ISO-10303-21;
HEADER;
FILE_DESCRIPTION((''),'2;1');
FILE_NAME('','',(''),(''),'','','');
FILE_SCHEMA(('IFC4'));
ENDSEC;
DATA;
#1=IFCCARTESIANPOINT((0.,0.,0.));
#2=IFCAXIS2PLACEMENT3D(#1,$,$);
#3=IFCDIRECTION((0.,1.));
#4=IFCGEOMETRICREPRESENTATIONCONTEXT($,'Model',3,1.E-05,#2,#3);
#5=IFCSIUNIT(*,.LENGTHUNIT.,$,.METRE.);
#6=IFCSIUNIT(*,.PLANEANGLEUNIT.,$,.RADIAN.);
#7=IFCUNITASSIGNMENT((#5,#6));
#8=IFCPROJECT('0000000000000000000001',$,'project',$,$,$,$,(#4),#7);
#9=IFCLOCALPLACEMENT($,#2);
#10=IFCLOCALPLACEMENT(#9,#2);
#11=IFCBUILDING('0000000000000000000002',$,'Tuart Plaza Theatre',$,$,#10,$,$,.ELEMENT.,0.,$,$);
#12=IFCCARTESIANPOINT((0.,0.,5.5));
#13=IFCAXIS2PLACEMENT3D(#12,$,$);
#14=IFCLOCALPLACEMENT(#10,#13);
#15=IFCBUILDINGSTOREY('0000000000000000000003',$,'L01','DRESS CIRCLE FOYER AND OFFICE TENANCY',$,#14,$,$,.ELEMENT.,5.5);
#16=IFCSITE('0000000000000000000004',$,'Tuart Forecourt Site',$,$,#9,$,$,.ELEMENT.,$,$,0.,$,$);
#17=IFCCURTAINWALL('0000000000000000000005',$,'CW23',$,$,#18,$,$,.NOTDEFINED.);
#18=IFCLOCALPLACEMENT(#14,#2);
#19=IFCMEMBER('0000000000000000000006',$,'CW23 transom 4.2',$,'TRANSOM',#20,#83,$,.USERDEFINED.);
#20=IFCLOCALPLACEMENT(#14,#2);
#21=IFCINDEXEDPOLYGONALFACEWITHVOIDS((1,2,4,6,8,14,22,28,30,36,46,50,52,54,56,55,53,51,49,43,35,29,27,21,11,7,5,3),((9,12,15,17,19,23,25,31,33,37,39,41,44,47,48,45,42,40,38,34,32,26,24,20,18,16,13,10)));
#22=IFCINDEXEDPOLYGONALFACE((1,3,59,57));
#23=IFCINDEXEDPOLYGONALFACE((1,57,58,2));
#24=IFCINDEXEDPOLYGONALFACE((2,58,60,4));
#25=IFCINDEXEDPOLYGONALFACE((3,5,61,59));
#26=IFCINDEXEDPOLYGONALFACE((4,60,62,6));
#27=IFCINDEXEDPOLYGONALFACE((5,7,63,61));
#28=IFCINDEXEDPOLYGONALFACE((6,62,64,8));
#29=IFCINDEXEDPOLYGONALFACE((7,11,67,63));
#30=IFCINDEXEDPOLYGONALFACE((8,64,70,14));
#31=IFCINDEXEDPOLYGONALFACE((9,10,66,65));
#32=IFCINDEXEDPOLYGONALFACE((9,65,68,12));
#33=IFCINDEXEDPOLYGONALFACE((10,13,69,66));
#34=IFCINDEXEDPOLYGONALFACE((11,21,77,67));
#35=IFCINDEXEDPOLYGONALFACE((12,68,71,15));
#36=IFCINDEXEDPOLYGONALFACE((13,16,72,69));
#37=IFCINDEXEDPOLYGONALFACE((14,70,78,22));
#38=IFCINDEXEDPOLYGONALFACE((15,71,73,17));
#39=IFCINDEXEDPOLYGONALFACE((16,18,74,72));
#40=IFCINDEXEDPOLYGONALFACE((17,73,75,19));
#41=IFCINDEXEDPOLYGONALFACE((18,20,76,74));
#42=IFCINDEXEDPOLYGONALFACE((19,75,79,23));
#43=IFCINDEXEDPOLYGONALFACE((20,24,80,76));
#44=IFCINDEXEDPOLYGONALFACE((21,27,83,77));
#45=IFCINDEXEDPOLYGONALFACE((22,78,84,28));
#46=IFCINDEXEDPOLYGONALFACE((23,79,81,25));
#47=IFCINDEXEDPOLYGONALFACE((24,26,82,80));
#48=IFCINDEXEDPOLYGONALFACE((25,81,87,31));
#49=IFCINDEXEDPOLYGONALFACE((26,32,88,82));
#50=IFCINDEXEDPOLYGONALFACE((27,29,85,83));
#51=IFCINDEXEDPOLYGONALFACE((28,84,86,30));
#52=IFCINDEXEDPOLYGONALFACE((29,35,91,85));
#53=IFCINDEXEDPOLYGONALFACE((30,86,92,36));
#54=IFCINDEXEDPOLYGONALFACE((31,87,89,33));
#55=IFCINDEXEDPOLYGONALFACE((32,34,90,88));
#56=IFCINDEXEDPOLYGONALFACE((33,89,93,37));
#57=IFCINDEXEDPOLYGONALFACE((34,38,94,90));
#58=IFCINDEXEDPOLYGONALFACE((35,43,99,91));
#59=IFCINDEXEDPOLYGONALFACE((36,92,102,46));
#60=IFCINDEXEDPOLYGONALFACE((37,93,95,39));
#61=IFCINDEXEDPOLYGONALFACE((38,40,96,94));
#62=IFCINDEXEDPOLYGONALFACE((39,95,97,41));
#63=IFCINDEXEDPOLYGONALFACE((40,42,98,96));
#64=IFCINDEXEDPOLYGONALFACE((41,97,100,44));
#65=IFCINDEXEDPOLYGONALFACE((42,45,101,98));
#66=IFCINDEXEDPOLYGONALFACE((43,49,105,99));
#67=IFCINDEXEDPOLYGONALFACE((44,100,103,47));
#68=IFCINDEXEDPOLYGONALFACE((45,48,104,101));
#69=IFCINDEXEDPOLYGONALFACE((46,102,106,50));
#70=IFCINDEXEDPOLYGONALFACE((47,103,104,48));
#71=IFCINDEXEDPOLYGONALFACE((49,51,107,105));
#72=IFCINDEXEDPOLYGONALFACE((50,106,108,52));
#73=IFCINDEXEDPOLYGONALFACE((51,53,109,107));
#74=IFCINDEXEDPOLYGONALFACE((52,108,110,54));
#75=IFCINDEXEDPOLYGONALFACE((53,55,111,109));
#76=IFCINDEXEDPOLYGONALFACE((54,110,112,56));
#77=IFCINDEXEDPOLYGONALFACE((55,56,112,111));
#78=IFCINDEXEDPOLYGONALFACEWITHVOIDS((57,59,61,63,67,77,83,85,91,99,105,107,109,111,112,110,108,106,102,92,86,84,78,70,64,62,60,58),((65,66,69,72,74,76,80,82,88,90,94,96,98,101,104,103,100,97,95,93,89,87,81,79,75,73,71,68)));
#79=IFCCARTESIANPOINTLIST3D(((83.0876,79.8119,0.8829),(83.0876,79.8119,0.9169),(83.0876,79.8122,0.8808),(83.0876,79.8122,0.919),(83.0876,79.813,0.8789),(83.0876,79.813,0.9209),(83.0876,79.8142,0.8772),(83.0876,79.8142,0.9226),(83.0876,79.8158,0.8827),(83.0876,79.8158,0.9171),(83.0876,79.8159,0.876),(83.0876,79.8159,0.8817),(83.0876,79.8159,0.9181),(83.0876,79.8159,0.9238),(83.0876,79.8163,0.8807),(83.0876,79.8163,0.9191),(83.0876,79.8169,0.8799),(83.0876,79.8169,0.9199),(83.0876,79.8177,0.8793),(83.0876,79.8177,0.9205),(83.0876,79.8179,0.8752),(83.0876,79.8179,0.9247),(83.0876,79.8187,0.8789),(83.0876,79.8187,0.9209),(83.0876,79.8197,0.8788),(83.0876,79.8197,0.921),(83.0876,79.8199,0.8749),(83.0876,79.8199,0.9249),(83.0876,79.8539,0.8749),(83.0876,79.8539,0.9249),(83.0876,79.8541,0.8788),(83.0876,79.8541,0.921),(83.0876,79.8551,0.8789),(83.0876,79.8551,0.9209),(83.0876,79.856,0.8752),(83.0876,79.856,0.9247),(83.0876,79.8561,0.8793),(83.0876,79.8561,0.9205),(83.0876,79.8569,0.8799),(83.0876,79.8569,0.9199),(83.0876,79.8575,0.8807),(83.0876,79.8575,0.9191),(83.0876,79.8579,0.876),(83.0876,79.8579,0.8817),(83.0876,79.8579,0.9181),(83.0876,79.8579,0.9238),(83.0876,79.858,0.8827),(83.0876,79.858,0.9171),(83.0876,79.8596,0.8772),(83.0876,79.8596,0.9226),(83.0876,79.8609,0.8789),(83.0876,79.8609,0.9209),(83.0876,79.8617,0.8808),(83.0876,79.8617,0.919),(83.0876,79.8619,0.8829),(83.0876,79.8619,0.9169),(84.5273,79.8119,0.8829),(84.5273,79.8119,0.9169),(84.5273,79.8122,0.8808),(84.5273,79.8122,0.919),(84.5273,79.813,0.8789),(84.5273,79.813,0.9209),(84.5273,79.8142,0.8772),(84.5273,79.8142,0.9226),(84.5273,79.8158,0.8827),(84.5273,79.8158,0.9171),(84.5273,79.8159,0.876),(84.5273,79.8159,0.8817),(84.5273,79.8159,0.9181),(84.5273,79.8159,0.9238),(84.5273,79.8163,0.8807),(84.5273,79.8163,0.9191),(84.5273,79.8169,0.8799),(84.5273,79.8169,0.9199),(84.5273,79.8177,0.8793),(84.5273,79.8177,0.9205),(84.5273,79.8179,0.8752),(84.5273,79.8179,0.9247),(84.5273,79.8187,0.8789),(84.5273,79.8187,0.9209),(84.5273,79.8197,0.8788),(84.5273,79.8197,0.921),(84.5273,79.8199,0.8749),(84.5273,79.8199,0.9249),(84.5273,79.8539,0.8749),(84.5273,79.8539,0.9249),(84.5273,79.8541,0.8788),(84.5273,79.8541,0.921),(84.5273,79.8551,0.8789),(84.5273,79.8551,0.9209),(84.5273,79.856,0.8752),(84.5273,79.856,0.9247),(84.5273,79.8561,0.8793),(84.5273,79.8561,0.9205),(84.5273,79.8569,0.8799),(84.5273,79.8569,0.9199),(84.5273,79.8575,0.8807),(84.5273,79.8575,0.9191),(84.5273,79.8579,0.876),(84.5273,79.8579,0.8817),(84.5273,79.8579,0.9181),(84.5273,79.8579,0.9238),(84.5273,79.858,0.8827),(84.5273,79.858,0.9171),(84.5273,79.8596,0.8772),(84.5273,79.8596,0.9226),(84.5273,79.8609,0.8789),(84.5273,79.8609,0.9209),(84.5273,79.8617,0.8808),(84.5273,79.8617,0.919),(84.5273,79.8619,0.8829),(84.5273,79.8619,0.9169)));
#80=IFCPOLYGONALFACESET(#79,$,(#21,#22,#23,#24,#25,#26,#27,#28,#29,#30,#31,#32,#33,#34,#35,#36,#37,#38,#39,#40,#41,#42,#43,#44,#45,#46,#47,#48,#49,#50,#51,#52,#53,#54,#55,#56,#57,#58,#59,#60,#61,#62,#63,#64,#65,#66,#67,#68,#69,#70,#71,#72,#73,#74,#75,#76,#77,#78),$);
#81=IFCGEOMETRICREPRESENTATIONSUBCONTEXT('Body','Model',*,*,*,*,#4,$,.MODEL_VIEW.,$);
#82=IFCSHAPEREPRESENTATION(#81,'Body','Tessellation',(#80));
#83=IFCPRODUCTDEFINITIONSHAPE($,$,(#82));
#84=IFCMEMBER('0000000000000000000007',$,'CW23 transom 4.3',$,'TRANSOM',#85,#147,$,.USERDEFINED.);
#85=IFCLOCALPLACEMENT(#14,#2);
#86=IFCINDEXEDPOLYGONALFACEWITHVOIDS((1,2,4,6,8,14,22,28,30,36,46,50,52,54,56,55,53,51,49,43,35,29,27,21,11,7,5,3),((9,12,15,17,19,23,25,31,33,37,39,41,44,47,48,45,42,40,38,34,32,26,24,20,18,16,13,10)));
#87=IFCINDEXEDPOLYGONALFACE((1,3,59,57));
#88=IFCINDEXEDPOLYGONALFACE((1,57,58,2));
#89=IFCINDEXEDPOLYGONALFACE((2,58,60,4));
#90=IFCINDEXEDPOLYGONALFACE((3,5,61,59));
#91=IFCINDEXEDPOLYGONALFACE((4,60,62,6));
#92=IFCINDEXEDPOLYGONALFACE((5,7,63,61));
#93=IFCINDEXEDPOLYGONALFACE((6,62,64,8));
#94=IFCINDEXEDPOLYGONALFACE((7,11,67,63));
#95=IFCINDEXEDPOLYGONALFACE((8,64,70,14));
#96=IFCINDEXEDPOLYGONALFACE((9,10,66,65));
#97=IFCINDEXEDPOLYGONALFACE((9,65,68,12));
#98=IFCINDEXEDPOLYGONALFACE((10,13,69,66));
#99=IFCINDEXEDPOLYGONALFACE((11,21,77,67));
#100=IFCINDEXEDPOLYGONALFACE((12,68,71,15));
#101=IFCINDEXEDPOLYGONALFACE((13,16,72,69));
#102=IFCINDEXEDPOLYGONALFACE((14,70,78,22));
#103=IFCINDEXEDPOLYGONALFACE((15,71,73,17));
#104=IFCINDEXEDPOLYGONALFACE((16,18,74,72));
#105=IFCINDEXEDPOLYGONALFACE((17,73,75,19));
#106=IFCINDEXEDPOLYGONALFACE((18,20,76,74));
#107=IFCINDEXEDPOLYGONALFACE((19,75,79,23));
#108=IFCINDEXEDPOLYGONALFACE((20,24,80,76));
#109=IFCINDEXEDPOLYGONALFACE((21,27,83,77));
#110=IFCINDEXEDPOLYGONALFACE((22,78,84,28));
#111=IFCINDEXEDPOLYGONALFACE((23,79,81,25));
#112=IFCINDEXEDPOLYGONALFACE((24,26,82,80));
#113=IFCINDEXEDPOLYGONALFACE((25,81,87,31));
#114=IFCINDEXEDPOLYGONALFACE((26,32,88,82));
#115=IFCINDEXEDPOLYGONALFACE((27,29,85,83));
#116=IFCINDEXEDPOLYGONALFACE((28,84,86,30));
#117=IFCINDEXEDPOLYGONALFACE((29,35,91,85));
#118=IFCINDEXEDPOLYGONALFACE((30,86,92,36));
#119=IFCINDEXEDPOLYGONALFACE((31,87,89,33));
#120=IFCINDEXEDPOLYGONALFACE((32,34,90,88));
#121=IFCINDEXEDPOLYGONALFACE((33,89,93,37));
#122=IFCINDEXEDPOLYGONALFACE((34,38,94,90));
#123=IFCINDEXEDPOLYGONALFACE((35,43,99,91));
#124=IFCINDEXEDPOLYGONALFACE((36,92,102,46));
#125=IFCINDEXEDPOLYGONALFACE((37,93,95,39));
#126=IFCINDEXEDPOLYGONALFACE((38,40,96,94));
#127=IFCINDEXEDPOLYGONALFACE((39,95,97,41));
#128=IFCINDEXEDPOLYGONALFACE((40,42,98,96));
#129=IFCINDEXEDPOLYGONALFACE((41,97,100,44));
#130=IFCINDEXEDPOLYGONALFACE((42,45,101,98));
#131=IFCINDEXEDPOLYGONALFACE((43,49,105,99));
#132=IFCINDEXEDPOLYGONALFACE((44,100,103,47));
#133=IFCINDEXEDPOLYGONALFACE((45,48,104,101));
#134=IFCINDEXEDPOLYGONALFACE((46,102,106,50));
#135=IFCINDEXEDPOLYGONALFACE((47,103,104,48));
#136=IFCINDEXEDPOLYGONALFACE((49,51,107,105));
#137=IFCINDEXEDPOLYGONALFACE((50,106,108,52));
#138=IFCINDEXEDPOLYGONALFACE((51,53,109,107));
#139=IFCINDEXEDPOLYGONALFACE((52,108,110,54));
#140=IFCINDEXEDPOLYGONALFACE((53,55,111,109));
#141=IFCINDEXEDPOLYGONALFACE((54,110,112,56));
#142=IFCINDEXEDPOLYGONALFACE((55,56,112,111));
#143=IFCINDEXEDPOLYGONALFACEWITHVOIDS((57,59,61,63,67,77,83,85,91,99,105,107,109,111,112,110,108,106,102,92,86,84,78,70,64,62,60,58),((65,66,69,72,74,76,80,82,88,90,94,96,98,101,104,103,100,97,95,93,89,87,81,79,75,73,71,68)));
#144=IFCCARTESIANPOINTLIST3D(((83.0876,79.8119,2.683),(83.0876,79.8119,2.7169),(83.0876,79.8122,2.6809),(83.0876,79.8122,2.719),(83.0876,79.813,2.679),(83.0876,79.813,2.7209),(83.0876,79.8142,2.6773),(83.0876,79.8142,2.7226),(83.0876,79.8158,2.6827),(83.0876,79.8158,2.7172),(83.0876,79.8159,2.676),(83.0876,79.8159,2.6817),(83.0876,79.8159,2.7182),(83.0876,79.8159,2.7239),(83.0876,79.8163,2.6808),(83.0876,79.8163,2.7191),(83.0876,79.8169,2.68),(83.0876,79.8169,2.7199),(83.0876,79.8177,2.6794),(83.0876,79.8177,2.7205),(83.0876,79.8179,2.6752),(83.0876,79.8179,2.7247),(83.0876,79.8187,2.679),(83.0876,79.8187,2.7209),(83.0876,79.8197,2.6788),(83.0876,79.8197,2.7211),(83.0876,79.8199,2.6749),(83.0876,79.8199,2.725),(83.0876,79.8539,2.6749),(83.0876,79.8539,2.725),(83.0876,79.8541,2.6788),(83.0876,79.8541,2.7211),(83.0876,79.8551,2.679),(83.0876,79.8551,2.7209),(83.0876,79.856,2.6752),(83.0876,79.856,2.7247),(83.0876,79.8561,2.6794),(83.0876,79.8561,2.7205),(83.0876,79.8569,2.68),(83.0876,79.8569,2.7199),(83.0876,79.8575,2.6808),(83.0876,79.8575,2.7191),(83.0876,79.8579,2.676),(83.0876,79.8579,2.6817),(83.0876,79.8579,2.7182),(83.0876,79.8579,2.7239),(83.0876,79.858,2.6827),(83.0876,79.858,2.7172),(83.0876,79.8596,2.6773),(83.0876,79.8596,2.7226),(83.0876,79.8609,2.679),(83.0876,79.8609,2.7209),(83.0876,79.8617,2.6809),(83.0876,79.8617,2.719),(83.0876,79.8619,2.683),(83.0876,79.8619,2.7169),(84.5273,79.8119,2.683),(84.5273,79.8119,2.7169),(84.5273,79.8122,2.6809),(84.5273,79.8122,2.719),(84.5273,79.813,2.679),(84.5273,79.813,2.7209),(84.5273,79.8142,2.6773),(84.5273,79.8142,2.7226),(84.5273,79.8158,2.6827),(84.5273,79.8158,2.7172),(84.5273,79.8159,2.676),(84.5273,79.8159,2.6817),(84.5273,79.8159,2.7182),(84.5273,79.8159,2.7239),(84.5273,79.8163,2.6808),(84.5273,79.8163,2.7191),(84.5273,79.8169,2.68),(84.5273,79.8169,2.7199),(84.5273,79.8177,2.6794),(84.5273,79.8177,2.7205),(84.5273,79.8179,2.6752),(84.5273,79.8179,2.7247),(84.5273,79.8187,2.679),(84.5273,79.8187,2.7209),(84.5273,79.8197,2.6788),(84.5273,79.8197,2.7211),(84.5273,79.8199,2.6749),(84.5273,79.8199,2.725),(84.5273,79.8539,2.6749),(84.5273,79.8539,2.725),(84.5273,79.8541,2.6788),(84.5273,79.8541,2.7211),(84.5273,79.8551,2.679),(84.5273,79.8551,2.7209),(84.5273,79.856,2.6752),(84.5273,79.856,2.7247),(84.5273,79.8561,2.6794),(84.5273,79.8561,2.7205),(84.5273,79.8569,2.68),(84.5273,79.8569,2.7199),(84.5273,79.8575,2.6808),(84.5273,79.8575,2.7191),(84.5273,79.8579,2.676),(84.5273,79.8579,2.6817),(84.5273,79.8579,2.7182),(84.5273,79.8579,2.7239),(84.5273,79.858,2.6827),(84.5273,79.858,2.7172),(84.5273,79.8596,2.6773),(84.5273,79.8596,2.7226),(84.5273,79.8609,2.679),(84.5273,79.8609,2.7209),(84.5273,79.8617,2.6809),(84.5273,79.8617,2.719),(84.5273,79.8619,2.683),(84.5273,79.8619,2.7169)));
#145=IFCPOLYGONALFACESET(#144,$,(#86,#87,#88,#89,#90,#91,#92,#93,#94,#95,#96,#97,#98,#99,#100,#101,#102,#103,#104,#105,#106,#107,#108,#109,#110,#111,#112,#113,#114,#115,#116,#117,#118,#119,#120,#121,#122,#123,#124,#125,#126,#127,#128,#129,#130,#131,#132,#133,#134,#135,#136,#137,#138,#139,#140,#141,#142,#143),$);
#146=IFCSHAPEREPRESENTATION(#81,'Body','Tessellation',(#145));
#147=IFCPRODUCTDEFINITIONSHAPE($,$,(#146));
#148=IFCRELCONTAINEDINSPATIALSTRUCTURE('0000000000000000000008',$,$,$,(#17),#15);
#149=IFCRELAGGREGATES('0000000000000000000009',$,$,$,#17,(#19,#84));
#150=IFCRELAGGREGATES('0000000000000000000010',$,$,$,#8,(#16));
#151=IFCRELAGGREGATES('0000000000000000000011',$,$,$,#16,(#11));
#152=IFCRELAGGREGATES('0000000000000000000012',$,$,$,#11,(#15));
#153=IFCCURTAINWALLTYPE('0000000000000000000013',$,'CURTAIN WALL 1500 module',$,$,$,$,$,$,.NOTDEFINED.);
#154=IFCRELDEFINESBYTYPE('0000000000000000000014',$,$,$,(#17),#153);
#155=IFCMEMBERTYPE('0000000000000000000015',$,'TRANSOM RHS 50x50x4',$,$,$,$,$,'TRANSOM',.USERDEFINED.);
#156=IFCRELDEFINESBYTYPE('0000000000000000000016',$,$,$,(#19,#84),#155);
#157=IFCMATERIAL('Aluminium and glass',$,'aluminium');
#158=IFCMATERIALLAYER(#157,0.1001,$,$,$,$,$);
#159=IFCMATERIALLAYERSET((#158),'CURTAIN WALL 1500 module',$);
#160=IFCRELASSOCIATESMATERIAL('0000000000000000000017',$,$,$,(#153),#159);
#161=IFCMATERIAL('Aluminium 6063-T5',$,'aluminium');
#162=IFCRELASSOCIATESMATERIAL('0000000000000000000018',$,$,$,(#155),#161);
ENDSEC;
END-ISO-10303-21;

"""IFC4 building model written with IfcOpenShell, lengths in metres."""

from ifc_helpers import new_model, si_unit, direction, frame, origin, origin_2d, place, context, subcontext, project, spatial, hollow_rectangle, extrude, material, layer, layer_set, material_profile, profile_set, type_object, element, aggregate, save


model = new_model("IFC4")

# Units and contexts
model_context = context("Model", 3, precision=1e-05, world=origin(), true_north=direction((0.0, 1.0)))
body_context = subcontext(model_context, "Body", "Model", "MODEL_VIEW")
ifc_project = project(units=[si_unit("LENGTHUNIT", "METRE"), si_unit("PLANEANGLEUNIT", "RADIAN")], contexts=[model_context])

# Site, building, storey
site_placement = place(None, origin())
site = spatial("IfcSite", under=ifc_project, at=site_placement, Name="Tuart Forecourt Site", CompositionType="ELEMENT", RefElevation=0.0)
building_placement = place(site_placement, origin())
building = spatial("IfcBuilding", under=site, at=building_placement, Name="Tuart Plaza Theatre", CompositionType="ELEMENT", ElevationOfRefHeight=0.0)
storey_placement = place(building_placement, frame((0.0, 0.0, 5.5)))
storey = spatial("IfcBuildingStorey", under=building, at=storey_placement, Name="L01", Description="DRESS CIRCLE FOYER AND OFFICE TENANCY", CompositionType="ELEMENT", Elevation=5.5)

# Curtain wall, members
ifc_material_1 = material(Name="Aluminium and glass", Category="aluminium")
ifc_layer_1 = layer(ifc_material_1, 0.1001)
ifc_layer_set_1 = layer_set([ifc_layer_1], Name="CURTAIN WALL 1500 module")
curtain_wall_type = type_object("IfcCurtainWallType", Name="CURTAIN WALL 1500 module", PredefinedType="NOTDEFINED", material=ifc_layer_set_1)
curtain_wall_placement = place(storey_placement, origin())
curtain_wall = element("IfcCurtainWall", 1, at=curtain_wall_placement, inside=storey, type_object=curtain_wall_type, Name="CW23", PredefinedType="NOTDEFINED")
ifc_material_2 = material(Name="Aluminium 6063-T5", Category="aluminium")
ifc_material_profile_1 = material_profile(ifc_material_2, hollow_rectangle(XDim=0.05, YDim=0.05, WallThickness=0.0039, InnerFilletRadius=0.0039, OuterFilletRadius=0.0081, at=origin_2d()), Name="RHS 50x50x4")
ifc_profile_set_1 = profile_set([ifc_material_profile_1], Name="Aluminium 6063-T5")
member_type_1 = type_object("IfcMemberType", Name="TRANSOM RHS 50x50x4", ElementType="TRANSOM", PredefinedType="USERDEFINED", material=ifc_profile_set_1)
member_1_placement = place(storey_placement, frame((83.0876, 79.8369, 0.8999), z_axis=(1.0, 0.0, 0.0), x_axis=(0.0, 1.0, 0.0)))
member_1 = element("IfcMember", 2, at=member_1_placement, type_object=member_type_1, Name="CW23 transom 4.2", ObjectType="TRANSOM", PredefinedType="USERDEFINED", context=body_context, shape_type="SweptSolid", body=[
    extrude(hollow_rectangle(XDim=0.05, YDim=0.05, WallThickness=0.0039, InnerFilletRadius=0.0039, OuterFilletRadius=0.0081, at=origin_2d()), origin(), (0.0, 0.0, 1.0), 1.4397),
])
member_2_placement = place(storey_placement, frame((83.0876, 79.8369, 2.7), z_axis=(1.0, 0.0, 0.0), x_axis=(0.0, 1.0, 0.0)))
member_2 = element("IfcMember", 3, at=member_2_placement, type_object=member_type_1, Name="CW23 transom 4.3", ObjectType="TRANSOM", PredefinedType="USERDEFINED", context=body_context, shape_type="SweptSolid", body=[
    extrude(hollow_rectangle(XDim=0.05, YDim=0.05, WallThickness=0.0039, InnerFilletRadius=0.0039, OuterFilletRadius=0.0081, at=origin_2d()), origin(), (0.0, 0.0, 1.0), 1.4397),
])
aggregate(curtain_wall, [member_1, member_2])

save(model, "model.ifc")
